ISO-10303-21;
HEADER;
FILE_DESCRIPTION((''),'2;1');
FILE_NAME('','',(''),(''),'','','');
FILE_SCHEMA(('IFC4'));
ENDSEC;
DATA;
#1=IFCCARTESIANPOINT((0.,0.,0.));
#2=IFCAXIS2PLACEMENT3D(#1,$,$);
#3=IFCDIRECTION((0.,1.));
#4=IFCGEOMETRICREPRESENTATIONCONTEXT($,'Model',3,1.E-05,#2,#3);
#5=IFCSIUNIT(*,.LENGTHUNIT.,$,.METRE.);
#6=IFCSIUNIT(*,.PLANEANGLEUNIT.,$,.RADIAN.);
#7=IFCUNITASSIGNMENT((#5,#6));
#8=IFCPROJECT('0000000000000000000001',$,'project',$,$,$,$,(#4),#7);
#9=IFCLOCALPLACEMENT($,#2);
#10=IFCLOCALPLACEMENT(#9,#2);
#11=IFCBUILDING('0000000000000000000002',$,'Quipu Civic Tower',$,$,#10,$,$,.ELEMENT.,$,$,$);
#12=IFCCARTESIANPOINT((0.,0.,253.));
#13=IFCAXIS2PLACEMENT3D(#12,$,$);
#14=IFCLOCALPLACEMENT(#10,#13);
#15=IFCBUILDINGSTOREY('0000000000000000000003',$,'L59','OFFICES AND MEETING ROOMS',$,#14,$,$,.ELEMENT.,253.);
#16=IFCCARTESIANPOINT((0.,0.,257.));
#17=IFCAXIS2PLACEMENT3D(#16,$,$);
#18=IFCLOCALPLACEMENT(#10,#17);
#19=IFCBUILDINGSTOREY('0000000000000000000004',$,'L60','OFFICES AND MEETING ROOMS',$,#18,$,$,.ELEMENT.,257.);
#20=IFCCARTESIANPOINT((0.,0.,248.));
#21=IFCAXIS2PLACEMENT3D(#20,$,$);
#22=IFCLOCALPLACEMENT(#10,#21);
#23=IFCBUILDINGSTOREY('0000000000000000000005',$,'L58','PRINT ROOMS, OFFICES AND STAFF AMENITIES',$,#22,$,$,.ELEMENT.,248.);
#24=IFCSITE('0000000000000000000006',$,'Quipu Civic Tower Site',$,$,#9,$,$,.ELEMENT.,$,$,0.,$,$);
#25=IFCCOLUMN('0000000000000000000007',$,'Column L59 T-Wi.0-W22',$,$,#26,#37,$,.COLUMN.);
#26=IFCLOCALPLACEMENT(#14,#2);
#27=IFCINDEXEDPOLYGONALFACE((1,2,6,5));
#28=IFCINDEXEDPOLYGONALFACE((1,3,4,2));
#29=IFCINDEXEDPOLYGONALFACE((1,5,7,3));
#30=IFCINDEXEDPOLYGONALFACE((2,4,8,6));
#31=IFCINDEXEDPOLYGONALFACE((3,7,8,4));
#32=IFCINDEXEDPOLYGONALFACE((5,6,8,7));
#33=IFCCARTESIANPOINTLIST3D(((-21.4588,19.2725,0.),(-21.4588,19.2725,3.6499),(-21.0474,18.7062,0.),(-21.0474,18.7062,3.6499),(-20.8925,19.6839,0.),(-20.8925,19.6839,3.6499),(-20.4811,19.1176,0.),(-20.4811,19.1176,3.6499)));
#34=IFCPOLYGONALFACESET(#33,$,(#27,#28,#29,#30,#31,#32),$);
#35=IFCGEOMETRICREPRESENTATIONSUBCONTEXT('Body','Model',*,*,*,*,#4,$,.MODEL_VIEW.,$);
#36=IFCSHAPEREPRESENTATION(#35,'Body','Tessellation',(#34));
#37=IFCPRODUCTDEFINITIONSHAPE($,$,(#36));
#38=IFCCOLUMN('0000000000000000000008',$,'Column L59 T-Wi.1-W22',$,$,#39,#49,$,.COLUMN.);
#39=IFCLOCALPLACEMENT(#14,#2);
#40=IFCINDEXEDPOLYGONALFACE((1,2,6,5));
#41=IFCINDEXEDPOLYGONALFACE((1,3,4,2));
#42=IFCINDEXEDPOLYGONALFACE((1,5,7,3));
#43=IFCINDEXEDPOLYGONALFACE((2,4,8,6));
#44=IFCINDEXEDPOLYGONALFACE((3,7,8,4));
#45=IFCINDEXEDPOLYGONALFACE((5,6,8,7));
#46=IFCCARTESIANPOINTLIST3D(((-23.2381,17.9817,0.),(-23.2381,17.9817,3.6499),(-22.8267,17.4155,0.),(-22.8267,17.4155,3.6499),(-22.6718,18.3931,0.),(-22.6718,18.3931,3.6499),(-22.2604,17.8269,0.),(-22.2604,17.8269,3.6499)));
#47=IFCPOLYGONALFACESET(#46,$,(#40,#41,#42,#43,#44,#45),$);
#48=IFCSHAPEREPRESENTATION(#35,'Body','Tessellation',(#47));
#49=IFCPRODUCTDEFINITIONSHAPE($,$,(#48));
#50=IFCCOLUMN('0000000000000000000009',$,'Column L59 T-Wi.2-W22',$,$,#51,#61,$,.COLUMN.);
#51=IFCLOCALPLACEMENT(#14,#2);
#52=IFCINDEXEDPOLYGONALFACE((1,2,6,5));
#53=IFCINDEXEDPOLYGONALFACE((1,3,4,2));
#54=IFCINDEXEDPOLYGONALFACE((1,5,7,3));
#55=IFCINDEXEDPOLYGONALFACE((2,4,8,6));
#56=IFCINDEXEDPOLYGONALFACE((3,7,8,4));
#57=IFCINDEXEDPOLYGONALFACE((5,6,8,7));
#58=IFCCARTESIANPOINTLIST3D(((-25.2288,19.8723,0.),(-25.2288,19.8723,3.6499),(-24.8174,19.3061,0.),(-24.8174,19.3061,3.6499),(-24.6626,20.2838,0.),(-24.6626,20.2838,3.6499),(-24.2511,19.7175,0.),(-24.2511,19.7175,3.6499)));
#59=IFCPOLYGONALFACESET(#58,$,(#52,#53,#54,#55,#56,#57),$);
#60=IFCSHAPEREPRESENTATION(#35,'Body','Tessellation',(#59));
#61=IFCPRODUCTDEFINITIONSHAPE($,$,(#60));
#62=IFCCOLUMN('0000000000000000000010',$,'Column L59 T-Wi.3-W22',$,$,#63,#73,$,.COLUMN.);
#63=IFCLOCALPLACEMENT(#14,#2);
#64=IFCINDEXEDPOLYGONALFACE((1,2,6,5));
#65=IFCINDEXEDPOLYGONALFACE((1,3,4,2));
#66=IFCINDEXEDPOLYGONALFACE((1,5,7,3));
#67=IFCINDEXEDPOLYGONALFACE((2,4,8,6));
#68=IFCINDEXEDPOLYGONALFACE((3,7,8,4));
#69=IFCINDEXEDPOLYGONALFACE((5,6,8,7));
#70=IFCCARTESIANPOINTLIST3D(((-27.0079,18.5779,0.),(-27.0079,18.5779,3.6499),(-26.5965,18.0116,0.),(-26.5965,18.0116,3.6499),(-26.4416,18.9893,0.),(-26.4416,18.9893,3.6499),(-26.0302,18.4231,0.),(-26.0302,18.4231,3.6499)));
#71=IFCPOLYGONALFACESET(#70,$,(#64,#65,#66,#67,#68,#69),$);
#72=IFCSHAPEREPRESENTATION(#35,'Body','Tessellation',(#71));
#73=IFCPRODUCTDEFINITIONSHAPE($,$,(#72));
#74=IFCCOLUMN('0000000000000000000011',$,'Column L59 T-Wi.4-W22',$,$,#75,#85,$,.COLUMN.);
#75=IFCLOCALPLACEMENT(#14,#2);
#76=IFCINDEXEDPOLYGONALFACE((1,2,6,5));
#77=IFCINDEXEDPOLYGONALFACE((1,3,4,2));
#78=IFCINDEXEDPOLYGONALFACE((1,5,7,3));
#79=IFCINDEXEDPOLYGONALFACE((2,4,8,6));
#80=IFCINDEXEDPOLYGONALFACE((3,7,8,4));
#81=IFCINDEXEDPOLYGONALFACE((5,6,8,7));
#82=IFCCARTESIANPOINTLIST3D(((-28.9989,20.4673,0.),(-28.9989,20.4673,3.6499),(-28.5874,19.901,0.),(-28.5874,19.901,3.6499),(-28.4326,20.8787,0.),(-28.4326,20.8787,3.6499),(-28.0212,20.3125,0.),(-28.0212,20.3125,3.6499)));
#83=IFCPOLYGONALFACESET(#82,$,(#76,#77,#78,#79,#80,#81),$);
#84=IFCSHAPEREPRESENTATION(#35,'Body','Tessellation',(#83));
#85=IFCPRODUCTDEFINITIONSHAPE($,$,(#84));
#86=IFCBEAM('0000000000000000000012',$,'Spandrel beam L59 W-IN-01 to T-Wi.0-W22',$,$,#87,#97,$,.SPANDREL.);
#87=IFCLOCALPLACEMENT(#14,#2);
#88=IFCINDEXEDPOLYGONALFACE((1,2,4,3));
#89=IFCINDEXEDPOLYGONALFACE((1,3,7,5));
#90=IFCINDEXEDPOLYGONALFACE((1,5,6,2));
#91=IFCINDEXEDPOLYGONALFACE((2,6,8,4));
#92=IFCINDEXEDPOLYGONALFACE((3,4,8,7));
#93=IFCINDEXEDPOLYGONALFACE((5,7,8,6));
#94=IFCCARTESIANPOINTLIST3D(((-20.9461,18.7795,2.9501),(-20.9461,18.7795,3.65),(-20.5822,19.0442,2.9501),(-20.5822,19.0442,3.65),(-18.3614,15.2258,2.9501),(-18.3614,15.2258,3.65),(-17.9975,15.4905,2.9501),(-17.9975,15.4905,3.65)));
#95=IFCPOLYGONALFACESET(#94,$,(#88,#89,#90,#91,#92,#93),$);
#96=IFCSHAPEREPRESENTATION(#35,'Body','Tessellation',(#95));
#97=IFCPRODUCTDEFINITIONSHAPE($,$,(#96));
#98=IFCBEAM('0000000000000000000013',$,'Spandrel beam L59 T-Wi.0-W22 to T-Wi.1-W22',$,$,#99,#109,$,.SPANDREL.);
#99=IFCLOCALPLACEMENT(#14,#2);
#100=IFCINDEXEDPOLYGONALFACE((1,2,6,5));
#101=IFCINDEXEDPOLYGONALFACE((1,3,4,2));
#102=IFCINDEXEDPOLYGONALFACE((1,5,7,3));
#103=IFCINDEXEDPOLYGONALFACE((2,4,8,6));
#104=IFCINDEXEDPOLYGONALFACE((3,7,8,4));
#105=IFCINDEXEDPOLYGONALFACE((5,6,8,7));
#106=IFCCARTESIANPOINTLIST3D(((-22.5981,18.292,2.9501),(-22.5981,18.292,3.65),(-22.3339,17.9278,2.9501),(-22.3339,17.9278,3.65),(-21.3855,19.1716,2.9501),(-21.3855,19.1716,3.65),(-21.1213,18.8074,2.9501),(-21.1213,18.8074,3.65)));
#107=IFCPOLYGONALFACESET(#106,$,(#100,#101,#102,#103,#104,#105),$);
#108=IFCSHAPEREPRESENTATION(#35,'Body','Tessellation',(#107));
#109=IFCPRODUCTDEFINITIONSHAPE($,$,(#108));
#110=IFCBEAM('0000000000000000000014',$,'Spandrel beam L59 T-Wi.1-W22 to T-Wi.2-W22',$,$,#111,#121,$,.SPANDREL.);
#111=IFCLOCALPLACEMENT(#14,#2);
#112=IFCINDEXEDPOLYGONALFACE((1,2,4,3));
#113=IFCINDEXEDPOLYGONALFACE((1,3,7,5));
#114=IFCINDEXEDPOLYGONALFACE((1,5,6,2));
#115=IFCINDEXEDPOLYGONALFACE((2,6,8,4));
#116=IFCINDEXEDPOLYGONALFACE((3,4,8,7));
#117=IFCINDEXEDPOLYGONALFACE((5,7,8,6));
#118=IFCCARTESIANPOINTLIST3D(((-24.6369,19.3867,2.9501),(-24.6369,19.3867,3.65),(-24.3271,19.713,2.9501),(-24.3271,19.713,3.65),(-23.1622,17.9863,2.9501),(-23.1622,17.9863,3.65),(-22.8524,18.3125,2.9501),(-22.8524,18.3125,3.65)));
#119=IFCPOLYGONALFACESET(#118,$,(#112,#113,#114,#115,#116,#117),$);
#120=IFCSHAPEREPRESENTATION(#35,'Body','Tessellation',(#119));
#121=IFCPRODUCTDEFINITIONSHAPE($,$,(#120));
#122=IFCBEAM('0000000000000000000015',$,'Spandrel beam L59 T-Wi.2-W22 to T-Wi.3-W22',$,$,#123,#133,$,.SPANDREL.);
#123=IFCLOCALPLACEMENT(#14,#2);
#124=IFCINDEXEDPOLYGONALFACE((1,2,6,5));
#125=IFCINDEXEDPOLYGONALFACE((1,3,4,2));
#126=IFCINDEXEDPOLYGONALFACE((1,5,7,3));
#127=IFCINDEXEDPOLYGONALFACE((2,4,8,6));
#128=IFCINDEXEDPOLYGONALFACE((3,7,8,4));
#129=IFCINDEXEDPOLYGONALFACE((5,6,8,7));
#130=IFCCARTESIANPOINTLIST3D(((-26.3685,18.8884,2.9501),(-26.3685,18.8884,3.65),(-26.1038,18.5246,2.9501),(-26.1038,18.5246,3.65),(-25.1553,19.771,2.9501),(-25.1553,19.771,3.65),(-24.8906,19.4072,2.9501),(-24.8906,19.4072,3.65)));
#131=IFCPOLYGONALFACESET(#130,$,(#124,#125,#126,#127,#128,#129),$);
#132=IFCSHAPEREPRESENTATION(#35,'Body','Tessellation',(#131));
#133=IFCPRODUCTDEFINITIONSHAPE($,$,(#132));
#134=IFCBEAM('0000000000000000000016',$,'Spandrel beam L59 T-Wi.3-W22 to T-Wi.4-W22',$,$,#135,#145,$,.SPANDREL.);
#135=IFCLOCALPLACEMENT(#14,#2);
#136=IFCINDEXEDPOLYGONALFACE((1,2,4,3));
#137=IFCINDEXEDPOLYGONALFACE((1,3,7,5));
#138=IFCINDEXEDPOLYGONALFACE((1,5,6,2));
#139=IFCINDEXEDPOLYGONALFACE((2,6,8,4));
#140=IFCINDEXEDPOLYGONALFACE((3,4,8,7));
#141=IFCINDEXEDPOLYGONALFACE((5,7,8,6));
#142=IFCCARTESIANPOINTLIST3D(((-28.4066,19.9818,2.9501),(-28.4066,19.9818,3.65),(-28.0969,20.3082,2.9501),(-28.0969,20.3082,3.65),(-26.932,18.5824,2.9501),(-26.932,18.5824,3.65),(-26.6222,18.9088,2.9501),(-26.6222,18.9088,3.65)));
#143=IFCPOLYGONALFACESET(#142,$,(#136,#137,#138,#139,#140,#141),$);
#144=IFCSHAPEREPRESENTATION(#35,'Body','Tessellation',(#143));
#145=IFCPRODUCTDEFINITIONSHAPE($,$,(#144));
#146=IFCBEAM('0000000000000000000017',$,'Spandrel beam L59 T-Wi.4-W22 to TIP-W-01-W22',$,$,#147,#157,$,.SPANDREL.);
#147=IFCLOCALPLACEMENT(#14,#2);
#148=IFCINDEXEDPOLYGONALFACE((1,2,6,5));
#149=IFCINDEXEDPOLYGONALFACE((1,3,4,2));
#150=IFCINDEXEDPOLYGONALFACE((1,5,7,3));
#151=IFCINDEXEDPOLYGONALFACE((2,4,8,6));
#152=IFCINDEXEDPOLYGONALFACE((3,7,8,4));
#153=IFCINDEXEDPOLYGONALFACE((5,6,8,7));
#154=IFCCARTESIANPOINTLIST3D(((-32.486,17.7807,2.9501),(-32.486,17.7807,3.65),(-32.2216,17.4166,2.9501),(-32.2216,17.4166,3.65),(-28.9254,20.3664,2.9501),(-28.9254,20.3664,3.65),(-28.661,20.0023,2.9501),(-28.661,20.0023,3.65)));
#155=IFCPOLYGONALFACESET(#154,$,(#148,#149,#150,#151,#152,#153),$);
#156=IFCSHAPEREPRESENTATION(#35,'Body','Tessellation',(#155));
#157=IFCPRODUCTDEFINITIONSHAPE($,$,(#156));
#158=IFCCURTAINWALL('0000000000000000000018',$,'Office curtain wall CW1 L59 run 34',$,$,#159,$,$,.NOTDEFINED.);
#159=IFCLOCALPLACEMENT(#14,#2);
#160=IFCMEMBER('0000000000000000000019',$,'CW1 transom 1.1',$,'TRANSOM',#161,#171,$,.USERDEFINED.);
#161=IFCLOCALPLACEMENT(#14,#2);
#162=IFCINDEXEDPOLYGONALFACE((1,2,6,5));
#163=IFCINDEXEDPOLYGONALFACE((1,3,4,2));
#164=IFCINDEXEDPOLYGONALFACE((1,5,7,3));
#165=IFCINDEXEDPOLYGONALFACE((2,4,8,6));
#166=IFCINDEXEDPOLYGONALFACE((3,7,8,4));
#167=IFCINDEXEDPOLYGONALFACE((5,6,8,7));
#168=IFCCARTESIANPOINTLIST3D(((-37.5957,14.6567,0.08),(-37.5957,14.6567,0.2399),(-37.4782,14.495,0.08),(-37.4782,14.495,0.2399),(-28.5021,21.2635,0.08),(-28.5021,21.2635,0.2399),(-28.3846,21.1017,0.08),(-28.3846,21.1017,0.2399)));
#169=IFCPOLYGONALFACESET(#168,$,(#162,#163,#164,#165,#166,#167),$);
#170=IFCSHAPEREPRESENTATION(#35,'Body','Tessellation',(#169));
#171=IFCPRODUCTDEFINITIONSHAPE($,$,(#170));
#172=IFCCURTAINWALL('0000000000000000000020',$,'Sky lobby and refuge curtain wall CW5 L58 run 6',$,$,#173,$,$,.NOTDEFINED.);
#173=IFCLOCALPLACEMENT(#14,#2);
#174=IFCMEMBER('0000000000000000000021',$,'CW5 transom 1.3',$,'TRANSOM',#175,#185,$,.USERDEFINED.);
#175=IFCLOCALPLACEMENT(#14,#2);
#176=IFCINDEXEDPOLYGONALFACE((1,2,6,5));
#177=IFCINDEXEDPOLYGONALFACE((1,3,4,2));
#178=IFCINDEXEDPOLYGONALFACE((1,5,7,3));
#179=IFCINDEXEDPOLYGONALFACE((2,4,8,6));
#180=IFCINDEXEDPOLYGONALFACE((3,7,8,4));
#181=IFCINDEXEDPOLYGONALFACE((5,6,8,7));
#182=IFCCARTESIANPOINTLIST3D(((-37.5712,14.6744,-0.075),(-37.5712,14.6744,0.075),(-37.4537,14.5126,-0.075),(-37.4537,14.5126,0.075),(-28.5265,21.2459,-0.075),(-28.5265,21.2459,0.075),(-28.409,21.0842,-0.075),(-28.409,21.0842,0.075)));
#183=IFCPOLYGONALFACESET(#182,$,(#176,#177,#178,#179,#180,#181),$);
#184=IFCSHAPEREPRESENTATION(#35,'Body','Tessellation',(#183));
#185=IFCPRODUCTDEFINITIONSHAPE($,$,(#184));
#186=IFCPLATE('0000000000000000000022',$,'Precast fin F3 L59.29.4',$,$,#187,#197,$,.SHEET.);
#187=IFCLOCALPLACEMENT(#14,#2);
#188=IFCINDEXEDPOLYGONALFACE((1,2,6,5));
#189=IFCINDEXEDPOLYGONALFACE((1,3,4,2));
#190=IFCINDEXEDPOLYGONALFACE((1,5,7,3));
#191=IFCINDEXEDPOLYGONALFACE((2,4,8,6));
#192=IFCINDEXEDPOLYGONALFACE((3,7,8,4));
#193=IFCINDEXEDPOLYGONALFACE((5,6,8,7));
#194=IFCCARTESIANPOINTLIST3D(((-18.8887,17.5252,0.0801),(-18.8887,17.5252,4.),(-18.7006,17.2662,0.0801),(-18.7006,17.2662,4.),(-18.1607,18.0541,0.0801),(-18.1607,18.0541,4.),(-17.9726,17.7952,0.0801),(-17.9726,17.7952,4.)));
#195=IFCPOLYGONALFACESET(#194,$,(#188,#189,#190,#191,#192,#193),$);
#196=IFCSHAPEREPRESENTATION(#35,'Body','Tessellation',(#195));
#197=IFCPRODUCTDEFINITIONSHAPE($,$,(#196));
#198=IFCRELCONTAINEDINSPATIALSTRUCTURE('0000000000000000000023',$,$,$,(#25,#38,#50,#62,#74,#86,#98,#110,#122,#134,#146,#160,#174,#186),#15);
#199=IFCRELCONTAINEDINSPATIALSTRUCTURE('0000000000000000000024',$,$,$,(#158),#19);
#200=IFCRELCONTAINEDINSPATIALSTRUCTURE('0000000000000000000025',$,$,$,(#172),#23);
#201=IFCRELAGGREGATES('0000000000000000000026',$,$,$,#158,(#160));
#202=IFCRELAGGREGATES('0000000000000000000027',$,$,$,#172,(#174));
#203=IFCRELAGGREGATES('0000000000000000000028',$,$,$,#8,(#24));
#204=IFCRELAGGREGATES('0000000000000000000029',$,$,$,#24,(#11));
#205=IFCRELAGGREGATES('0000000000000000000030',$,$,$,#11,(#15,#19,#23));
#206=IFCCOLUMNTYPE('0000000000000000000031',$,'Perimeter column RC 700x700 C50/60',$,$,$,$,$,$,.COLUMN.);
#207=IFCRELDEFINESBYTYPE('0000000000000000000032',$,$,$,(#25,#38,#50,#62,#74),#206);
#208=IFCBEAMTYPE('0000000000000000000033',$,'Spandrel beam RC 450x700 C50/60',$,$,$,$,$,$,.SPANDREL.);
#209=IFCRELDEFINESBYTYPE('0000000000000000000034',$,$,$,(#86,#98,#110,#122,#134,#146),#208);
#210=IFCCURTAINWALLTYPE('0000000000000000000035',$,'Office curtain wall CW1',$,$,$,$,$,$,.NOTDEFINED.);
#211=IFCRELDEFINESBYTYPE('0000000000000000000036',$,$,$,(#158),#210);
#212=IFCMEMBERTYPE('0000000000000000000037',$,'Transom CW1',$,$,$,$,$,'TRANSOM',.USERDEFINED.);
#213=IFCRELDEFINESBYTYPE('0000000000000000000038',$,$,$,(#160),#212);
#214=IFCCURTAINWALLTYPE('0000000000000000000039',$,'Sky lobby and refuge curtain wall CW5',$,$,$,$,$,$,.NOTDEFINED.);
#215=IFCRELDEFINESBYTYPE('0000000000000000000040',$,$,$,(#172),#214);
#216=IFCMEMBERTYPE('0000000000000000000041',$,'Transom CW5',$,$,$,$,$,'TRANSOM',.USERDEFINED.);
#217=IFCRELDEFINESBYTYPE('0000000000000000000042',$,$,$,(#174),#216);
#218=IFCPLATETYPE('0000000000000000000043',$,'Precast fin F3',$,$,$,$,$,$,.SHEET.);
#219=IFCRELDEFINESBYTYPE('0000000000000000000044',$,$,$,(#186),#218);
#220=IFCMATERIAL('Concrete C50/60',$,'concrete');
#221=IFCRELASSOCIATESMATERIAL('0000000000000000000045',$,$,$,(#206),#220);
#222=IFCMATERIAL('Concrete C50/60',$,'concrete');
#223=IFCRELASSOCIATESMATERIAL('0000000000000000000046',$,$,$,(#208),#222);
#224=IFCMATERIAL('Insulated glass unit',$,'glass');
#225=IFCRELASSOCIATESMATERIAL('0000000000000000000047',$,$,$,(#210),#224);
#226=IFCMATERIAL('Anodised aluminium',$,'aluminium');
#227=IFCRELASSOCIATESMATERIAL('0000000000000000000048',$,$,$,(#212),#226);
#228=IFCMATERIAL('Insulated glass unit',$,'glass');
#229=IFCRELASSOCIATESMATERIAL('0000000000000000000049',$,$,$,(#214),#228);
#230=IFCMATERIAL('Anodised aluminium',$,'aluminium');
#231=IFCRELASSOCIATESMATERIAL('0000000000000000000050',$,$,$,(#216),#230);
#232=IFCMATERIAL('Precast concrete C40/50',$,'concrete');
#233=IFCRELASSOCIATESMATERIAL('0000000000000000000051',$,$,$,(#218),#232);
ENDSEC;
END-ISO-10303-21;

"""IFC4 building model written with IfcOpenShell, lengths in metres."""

from ifc_helpers import new_model, si_unit, direction, frame, origin, origin_2d, place, context, subcontext, project, spatial, rectangle, extrude, material, material_profile, profile_set, type_object, element, aggregate, save


model = new_model("IFC4")

# Units and contexts
model_context = context("Model", 3, precision=1e-05, world=origin(), true_north=direction((0.0, 1.0)))
body_context = subcontext(model_context, "Body", "Model", "MODEL_VIEW")
ifc_project = project(units=[si_unit("LENGTHUNIT", "METRE"), si_unit("PLANEANGLEUNIT", "RADIAN")], contexts=[model_context])

# Site, building, storey
site_placement = place(None, origin())
site = spatial("IfcSite", under=ifc_project, at=site_placement, Name="Quipu Civic Tower Site", CompositionType="ELEMENT", RefElevation=0.0)
building_placement = place(site_placement, origin())
building = spatial("IfcBuilding", under=site, at=building_placement, Name="Quipu Civic Tower", CompositionType="ELEMENT")
storey_1_placement = place(building_placement, frame((0.0, 0.0, 253.0)))
storey_1 = spatial("IfcBuildingStorey", under=building, at=storey_1_placement, Name="L59", Description="OFFICES AND MEETING ROOMS", CompositionType="ELEMENT", Elevation=253.0)

# Columns
ifc_material_1 = material(Name="Concrete C50/60", Category="concrete")
ifc_material_profile_1 = material_profile(ifc_material_1, rectangle(XDim=0.7, YDim=0.7, at=origin_2d()), Name="RC700x700")
ifc_profile_set_1 = profile_set([ifc_material_profile_1], Name="Concrete C50/60")
column_type = type_object("IfcColumnType", Name="Perimeter column RC 700x700 C50/60", PredefinedType="COLUMN", material=ifc_profile_set_1)
for number, where, z_axis, x_axis, name in (
    (1, (-20.97, 19.1951, 0.0), (0.0, 0.0, 1.0), (-0.587785, 0.809017, 0.0), "Column L59 T-Wi.0-W22"),
    (2, (-22.7493, 17.9043, 0.0), (0.0, 0.0, 1.0), (-0.587785, 0.809017, 0.0), "Column L59 T-Wi.1-W22"),
    (3, (-24.74, 19.7949, 0.0), (0.0, 0.0, 1.0), (-0.587785, 0.809017, 0.0), "Column L59 T-Wi.2-W22"),
    (4, (-26.519, 18.5005, 0.0), (0.0, 0.0, 1.0), (-0.587785, 0.809017, 0.0), "Column L59 T-Wi.3-W22"),
    (5, (-28.51, 20.3899, 0.0), (0.0, 0.0, 1.0), (-0.809017, -0.587785, 0.0), "Column L59 T-Wi.4-W22"),
):
    element("IfcColumn", number, at=place(storey_1_placement, frame(where, z_axis=z_axis, x_axis=x_axis)), inside=storey_1, type_object=column_type, Name=name, PredefinedType="COLUMN", context=body_context, shape_type="SweptSolid", body=[
        extrude(rectangle(XDim=0.7, YDim=0.7, at=origin_2d()), origin(), (0.0, 0.0, 1.0), 3.6499),
    ])

# Beams
ifc_material_2 = material(Name="Concrete C50/60", Category="concrete")
ifc_material_profile_2 = material_profile(ifc_material_2, rectangle(XDim=0.45, YDim=0.7, at=origin_2d()), Name="RC450x700")
ifc_profile_set_2 = profile_set([ifc_material_profile_2], Name="Concrete C50/60")
beam_type = type_object("IfcBeamType", Name="Spandrel beam RC 450x700 C50/60", PredefinedType="SPANDREL", material=ifc_profile_set_2)
beam_1_placement = place(storey_1_placement, frame((-18.1794, 15.3582, 3.3), z_axis=(-0.588201, 0.808714, 0.0), x_axis=(-0.808714, -0.588201, 0.0)))
element("IfcBeam", 6, at=beam_1_placement, inside=storey_1, type_object=beam_type, Name="Spandrel beam L59 W-IN-01 to T-Wi.0-W22", PredefinedType="SPANDREL", context=body_context, shape_type="SweptSolid", body=[
    extrude(rectangle(XDim=0.45, YDim=0.7, at=origin_2d()), origin(), (0.0, 0.0, 1.0), 4.3943),
])
beam_2_placement = place(storey_1_placement, frame((-21.2534, 18.9895, 3.3), z_axis=(-0.809461, -0.587173, 0.0), x_axis=(0.587173, -0.809461, 0.0)))
element("IfcBeam", 7, at=beam_2_placement, inside=storey_1, type_object=beam_type, Name="Spandrel beam L59 T-Wi.0-W22 to T-Wi.1-W22", PredefinedType="SPANDREL", context=body_context, shape_type="SweptSolid", body=[
    extrude(rectangle(XDim=0.45, YDim=0.7, at=origin_2d()), origin(), (0.0, 0.0, 1.0), 1.498),
])
beam_3_placement = place(storey_1_placement, frame((-23.0073, 18.1494, 3.3), z_axis=(-0.725119, 0.688623, 0.0), x_axis=(-0.688623, -0.725119, 0.0)))
element("IfcBeam", 8, at=beam_3_placement, inside=storey_1, type_object=beam_type, Name="Spandrel beam L59 T-Wi.1-W22 to T-Wi.2-W22", PredefinedType="SPANDREL", context=body_context, shape_type="SweptSolid", body=[
    extrude(rectangle(XDim=0.45, YDim=0.7, at=origin_2d()), origin(), (0.0, 0.0, 1.0), 2.0337),
])
beam_4_placement = place(storey_1_placement, frame((-25.0229, 19.5891, 3.3), z_axis=(-0.808645, -0.588297, 0.0), x_axis=(0.588297, -0.808645, 0.0)))
element("IfcBeam", 9, at=beam_4_placement, inside=storey_1, type_object=beam_type, Name="Spandrel beam L59 T-Wi.2-W22 to T-Wi.3-W22", PredefinedType="SPANDREL", context=body_context, shape_type="SweptSolid", body=[
    extrude(rectangle(XDim=0.45, YDim=0.7, at=origin_2d()), origin(), (0.0, 0.0, 1.0), 1.5002),
])
beam_5_placement = place(storey_1_placement, frame((-26.7771, 18.7456, 3.3), z_axis=(-0.725359, 0.688371, 0.0), x_axis=(-0.688371, -0.725359, 0.0)))
element("IfcBeam", 10, at=beam_5_placement, inside=storey_1, type_object=beam_type, Name="Spandrel beam L59 T-Wi.3-W22 to T-Wi.4-W22", PredefinedType="SPANDREL", context=body_context, shape_type="SweptSolid", body=[
    extrude(rectangle(XDim=0.45, YDim=0.7, at=origin_2d()), origin(), (0.0, 0.0, 1.0), 2.033),
])
beam_6_placement = place(storey_1_placement, frame((-28.7932, 20.1843, 3.3), z_axis=(-0.809146, -0.587607, 0.0), x_axis=(0.587607, -0.809146, 0.0)))
element("IfcBeam", 11, at=beam_6_placement, inside=storey_1, type_object=beam_type, Name="Spandrel beam L59 T-Wi.4-W22 to TIP-W-01-W22", PredefinedType="SPANDREL", context=body_context, shape_type="SweptSolid", body=[
    extrude(rectangle(XDim=0.45, YDim=0.7, at=origin_2d()), origin(), (0.0, 0.0, 1.0), 4.4004),
])

# Shared definitions
storey_2_placement = place(building_placement, frame((0.0, 0.0, 257.0)))
storey_2 = spatial("IfcBuildingStorey", under=building, at=storey_2_placement, Name="L60", Description="OFFICES AND MEETING ROOMS", CompositionType="ELEMENT", Elevation=257.0)

# Curtain wall, member
ifc_material_3 = material(Name="Insulated glass unit", Category="glass")
curtain_wall_type_1 = type_object("IfcCurtainWallType", Name="Office curtain wall CW1", PredefinedType="NOTDEFINED", material=ifc_material_3)
curtain_wall_1_placement = place(storey_2_placement, origin())
curtain_wall_1 = element("IfcCurtainWall", 12, at=curtain_wall_1_placement, inside=storey_2, type_object=curtain_wall_type_1, Name="Office curtain wall CW1 L59 run 34", PredefinedType="NOTDEFINED")
ifc_material_4 = material(Name="Anodised aluminium", Category="aluminium")
ifc_material_profile_3 = material_profile(ifc_material_4, rectangle(XDim=0.2, YDim=0.1599, at=origin_2d()), Name="RECT 200x160")
ifc_profile_set_3 = profile_set([ifc_material_profile_3], Name="Anodised aluminium")
member_type_1 = type_object("IfcMemberType", Name="Transom CW1", ElementType="TRANSOM", PredefinedType="USERDEFINED", material=ifc_profile_set_3)
member_1_placement = place(storey_1_placement, frame((-28.4434, 21.1826, 0.1599), z_axis=(-0.809022, -0.587778, 0.0), x_axis=(0.587778, -0.809022, 0.0)))
member_1 = element("IfcMember", 13, at=member_1_placement, inside=storey_1, type_object=member_type_1, Name="CW1 transom 1.1", ObjectType="TRANSOM", PredefinedType="USERDEFINED", context=body_context, shape_type="SweptSolid", body=[
    extrude(rectangle(XDim=0.2, YDim=0.1599, at=origin_2d()), origin(), (0.0, 0.0, 1.0), 11.2402),
])
aggregate(curtain_wall_1, [member_1])

# Shared definitions
storey_3_placement = place(building_placement, frame((0.0, 0.0, 248.0)))
storey_3 = spatial("IfcBuildingStorey", under=building, at=storey_3_placement, Name="L58", Description="PRINT ROOMS, OFFICES AND STAFF AMENITIES", CompositionType="ELEMENT", Elevation=248.0)

# Curtain wall, member
ifc_material_5 = material(Name="Insulated glass unit", Category="glass")
curtain_wall_type_2 = type_object("IfcCurtainWallType", Name="Sky lobby and refuge curtain wall CW5", PredefinedType="NOTDEFINED", material=ifc_material_5)
curtain_wall_2_placement = place(storey_3_placement, origin())
curtain_wall_2 = element("IfcCurtainWall", 14, at=curtain_wall_2_placement, inside=storey_3, type_object=curtain_wall_type_2, Name="Sky lobby and refuge curtain wall CW5 L58 run 6", PredefinedType="NOTDEFINED")
ifc_material_6 = material(Name="Anodised aluminium", Category="aluminium")
ifc_material_profile_4 = material_profile(ifc_material_6, rectangle(XDim=0.2, YDim=0.1499, at=origin_2d()), Name="RECT 200x150")
ifc_profile_set_4 = profile_set([ifc_material_profile_4], Name="Anodised aluminium")
member_type_2 = type_object("IfcMemberType", Name="Transom CW5", ElementType="TRANSOM", PredefinedType="USERDEFINED", material=ifc_profile_set_4)
member_2_placement = place(storey_1_placement, frame((-28.4678, 21.165, 0.0), z_axis=(-0.809009, -0.587796, 0.0), x_axis=(0.587796, -0.809009, 0.0)))
member_2 = element("IfcMember", 15, at=member_2_placement, inside=storey_1, type_object=member_type_2, Name="CW5 transom 1.3", ObjectType="TRANSOM", PredefinedType="USERDEFINED", context=body_context, shape_type="SweptSolid", body=[
    extrude(rectangle(XDim=0.2, YDim=0.1499, at=origin_2d()), origin(), (0.0, 0.0, 1.0), 11.1799),
])
aggregate(curtain_wall_2, [member_2])

# Plate
ifc_material_7 = material(Name="Precast concrete C40/50", Category="concrete")
plate_type = type_object("IfcPlateType", Name="Precast fin F3", PredefinedType="SHEET", material=ifc_material_7)
for number, where, z_axis, x_axis, name in (
    (16, (-18.4307, 17.6602, 0.0801), (0.0, 0.0, 1.0), (-0.587784, 0.809018, 0.0), "Precast fin F3 L59.29.4"),
):
    element("IfcPlate", number, at=place(storey_1_placement, frame(where, z_axis=z_axis, x_axis=x_axis)), inside=storey_1, type_object=plate_type, Name=name, PredefinedType="SHEET", context=body_context, shape_type="SweptSolid", body=[
        extrude(rectangle(XDim=0.3201, YDim=0.8999, at=origin_2d()), origin(), (0.0, 0.0, 1.0), 3.9199),
    ])

save(model, "model.ifc")
